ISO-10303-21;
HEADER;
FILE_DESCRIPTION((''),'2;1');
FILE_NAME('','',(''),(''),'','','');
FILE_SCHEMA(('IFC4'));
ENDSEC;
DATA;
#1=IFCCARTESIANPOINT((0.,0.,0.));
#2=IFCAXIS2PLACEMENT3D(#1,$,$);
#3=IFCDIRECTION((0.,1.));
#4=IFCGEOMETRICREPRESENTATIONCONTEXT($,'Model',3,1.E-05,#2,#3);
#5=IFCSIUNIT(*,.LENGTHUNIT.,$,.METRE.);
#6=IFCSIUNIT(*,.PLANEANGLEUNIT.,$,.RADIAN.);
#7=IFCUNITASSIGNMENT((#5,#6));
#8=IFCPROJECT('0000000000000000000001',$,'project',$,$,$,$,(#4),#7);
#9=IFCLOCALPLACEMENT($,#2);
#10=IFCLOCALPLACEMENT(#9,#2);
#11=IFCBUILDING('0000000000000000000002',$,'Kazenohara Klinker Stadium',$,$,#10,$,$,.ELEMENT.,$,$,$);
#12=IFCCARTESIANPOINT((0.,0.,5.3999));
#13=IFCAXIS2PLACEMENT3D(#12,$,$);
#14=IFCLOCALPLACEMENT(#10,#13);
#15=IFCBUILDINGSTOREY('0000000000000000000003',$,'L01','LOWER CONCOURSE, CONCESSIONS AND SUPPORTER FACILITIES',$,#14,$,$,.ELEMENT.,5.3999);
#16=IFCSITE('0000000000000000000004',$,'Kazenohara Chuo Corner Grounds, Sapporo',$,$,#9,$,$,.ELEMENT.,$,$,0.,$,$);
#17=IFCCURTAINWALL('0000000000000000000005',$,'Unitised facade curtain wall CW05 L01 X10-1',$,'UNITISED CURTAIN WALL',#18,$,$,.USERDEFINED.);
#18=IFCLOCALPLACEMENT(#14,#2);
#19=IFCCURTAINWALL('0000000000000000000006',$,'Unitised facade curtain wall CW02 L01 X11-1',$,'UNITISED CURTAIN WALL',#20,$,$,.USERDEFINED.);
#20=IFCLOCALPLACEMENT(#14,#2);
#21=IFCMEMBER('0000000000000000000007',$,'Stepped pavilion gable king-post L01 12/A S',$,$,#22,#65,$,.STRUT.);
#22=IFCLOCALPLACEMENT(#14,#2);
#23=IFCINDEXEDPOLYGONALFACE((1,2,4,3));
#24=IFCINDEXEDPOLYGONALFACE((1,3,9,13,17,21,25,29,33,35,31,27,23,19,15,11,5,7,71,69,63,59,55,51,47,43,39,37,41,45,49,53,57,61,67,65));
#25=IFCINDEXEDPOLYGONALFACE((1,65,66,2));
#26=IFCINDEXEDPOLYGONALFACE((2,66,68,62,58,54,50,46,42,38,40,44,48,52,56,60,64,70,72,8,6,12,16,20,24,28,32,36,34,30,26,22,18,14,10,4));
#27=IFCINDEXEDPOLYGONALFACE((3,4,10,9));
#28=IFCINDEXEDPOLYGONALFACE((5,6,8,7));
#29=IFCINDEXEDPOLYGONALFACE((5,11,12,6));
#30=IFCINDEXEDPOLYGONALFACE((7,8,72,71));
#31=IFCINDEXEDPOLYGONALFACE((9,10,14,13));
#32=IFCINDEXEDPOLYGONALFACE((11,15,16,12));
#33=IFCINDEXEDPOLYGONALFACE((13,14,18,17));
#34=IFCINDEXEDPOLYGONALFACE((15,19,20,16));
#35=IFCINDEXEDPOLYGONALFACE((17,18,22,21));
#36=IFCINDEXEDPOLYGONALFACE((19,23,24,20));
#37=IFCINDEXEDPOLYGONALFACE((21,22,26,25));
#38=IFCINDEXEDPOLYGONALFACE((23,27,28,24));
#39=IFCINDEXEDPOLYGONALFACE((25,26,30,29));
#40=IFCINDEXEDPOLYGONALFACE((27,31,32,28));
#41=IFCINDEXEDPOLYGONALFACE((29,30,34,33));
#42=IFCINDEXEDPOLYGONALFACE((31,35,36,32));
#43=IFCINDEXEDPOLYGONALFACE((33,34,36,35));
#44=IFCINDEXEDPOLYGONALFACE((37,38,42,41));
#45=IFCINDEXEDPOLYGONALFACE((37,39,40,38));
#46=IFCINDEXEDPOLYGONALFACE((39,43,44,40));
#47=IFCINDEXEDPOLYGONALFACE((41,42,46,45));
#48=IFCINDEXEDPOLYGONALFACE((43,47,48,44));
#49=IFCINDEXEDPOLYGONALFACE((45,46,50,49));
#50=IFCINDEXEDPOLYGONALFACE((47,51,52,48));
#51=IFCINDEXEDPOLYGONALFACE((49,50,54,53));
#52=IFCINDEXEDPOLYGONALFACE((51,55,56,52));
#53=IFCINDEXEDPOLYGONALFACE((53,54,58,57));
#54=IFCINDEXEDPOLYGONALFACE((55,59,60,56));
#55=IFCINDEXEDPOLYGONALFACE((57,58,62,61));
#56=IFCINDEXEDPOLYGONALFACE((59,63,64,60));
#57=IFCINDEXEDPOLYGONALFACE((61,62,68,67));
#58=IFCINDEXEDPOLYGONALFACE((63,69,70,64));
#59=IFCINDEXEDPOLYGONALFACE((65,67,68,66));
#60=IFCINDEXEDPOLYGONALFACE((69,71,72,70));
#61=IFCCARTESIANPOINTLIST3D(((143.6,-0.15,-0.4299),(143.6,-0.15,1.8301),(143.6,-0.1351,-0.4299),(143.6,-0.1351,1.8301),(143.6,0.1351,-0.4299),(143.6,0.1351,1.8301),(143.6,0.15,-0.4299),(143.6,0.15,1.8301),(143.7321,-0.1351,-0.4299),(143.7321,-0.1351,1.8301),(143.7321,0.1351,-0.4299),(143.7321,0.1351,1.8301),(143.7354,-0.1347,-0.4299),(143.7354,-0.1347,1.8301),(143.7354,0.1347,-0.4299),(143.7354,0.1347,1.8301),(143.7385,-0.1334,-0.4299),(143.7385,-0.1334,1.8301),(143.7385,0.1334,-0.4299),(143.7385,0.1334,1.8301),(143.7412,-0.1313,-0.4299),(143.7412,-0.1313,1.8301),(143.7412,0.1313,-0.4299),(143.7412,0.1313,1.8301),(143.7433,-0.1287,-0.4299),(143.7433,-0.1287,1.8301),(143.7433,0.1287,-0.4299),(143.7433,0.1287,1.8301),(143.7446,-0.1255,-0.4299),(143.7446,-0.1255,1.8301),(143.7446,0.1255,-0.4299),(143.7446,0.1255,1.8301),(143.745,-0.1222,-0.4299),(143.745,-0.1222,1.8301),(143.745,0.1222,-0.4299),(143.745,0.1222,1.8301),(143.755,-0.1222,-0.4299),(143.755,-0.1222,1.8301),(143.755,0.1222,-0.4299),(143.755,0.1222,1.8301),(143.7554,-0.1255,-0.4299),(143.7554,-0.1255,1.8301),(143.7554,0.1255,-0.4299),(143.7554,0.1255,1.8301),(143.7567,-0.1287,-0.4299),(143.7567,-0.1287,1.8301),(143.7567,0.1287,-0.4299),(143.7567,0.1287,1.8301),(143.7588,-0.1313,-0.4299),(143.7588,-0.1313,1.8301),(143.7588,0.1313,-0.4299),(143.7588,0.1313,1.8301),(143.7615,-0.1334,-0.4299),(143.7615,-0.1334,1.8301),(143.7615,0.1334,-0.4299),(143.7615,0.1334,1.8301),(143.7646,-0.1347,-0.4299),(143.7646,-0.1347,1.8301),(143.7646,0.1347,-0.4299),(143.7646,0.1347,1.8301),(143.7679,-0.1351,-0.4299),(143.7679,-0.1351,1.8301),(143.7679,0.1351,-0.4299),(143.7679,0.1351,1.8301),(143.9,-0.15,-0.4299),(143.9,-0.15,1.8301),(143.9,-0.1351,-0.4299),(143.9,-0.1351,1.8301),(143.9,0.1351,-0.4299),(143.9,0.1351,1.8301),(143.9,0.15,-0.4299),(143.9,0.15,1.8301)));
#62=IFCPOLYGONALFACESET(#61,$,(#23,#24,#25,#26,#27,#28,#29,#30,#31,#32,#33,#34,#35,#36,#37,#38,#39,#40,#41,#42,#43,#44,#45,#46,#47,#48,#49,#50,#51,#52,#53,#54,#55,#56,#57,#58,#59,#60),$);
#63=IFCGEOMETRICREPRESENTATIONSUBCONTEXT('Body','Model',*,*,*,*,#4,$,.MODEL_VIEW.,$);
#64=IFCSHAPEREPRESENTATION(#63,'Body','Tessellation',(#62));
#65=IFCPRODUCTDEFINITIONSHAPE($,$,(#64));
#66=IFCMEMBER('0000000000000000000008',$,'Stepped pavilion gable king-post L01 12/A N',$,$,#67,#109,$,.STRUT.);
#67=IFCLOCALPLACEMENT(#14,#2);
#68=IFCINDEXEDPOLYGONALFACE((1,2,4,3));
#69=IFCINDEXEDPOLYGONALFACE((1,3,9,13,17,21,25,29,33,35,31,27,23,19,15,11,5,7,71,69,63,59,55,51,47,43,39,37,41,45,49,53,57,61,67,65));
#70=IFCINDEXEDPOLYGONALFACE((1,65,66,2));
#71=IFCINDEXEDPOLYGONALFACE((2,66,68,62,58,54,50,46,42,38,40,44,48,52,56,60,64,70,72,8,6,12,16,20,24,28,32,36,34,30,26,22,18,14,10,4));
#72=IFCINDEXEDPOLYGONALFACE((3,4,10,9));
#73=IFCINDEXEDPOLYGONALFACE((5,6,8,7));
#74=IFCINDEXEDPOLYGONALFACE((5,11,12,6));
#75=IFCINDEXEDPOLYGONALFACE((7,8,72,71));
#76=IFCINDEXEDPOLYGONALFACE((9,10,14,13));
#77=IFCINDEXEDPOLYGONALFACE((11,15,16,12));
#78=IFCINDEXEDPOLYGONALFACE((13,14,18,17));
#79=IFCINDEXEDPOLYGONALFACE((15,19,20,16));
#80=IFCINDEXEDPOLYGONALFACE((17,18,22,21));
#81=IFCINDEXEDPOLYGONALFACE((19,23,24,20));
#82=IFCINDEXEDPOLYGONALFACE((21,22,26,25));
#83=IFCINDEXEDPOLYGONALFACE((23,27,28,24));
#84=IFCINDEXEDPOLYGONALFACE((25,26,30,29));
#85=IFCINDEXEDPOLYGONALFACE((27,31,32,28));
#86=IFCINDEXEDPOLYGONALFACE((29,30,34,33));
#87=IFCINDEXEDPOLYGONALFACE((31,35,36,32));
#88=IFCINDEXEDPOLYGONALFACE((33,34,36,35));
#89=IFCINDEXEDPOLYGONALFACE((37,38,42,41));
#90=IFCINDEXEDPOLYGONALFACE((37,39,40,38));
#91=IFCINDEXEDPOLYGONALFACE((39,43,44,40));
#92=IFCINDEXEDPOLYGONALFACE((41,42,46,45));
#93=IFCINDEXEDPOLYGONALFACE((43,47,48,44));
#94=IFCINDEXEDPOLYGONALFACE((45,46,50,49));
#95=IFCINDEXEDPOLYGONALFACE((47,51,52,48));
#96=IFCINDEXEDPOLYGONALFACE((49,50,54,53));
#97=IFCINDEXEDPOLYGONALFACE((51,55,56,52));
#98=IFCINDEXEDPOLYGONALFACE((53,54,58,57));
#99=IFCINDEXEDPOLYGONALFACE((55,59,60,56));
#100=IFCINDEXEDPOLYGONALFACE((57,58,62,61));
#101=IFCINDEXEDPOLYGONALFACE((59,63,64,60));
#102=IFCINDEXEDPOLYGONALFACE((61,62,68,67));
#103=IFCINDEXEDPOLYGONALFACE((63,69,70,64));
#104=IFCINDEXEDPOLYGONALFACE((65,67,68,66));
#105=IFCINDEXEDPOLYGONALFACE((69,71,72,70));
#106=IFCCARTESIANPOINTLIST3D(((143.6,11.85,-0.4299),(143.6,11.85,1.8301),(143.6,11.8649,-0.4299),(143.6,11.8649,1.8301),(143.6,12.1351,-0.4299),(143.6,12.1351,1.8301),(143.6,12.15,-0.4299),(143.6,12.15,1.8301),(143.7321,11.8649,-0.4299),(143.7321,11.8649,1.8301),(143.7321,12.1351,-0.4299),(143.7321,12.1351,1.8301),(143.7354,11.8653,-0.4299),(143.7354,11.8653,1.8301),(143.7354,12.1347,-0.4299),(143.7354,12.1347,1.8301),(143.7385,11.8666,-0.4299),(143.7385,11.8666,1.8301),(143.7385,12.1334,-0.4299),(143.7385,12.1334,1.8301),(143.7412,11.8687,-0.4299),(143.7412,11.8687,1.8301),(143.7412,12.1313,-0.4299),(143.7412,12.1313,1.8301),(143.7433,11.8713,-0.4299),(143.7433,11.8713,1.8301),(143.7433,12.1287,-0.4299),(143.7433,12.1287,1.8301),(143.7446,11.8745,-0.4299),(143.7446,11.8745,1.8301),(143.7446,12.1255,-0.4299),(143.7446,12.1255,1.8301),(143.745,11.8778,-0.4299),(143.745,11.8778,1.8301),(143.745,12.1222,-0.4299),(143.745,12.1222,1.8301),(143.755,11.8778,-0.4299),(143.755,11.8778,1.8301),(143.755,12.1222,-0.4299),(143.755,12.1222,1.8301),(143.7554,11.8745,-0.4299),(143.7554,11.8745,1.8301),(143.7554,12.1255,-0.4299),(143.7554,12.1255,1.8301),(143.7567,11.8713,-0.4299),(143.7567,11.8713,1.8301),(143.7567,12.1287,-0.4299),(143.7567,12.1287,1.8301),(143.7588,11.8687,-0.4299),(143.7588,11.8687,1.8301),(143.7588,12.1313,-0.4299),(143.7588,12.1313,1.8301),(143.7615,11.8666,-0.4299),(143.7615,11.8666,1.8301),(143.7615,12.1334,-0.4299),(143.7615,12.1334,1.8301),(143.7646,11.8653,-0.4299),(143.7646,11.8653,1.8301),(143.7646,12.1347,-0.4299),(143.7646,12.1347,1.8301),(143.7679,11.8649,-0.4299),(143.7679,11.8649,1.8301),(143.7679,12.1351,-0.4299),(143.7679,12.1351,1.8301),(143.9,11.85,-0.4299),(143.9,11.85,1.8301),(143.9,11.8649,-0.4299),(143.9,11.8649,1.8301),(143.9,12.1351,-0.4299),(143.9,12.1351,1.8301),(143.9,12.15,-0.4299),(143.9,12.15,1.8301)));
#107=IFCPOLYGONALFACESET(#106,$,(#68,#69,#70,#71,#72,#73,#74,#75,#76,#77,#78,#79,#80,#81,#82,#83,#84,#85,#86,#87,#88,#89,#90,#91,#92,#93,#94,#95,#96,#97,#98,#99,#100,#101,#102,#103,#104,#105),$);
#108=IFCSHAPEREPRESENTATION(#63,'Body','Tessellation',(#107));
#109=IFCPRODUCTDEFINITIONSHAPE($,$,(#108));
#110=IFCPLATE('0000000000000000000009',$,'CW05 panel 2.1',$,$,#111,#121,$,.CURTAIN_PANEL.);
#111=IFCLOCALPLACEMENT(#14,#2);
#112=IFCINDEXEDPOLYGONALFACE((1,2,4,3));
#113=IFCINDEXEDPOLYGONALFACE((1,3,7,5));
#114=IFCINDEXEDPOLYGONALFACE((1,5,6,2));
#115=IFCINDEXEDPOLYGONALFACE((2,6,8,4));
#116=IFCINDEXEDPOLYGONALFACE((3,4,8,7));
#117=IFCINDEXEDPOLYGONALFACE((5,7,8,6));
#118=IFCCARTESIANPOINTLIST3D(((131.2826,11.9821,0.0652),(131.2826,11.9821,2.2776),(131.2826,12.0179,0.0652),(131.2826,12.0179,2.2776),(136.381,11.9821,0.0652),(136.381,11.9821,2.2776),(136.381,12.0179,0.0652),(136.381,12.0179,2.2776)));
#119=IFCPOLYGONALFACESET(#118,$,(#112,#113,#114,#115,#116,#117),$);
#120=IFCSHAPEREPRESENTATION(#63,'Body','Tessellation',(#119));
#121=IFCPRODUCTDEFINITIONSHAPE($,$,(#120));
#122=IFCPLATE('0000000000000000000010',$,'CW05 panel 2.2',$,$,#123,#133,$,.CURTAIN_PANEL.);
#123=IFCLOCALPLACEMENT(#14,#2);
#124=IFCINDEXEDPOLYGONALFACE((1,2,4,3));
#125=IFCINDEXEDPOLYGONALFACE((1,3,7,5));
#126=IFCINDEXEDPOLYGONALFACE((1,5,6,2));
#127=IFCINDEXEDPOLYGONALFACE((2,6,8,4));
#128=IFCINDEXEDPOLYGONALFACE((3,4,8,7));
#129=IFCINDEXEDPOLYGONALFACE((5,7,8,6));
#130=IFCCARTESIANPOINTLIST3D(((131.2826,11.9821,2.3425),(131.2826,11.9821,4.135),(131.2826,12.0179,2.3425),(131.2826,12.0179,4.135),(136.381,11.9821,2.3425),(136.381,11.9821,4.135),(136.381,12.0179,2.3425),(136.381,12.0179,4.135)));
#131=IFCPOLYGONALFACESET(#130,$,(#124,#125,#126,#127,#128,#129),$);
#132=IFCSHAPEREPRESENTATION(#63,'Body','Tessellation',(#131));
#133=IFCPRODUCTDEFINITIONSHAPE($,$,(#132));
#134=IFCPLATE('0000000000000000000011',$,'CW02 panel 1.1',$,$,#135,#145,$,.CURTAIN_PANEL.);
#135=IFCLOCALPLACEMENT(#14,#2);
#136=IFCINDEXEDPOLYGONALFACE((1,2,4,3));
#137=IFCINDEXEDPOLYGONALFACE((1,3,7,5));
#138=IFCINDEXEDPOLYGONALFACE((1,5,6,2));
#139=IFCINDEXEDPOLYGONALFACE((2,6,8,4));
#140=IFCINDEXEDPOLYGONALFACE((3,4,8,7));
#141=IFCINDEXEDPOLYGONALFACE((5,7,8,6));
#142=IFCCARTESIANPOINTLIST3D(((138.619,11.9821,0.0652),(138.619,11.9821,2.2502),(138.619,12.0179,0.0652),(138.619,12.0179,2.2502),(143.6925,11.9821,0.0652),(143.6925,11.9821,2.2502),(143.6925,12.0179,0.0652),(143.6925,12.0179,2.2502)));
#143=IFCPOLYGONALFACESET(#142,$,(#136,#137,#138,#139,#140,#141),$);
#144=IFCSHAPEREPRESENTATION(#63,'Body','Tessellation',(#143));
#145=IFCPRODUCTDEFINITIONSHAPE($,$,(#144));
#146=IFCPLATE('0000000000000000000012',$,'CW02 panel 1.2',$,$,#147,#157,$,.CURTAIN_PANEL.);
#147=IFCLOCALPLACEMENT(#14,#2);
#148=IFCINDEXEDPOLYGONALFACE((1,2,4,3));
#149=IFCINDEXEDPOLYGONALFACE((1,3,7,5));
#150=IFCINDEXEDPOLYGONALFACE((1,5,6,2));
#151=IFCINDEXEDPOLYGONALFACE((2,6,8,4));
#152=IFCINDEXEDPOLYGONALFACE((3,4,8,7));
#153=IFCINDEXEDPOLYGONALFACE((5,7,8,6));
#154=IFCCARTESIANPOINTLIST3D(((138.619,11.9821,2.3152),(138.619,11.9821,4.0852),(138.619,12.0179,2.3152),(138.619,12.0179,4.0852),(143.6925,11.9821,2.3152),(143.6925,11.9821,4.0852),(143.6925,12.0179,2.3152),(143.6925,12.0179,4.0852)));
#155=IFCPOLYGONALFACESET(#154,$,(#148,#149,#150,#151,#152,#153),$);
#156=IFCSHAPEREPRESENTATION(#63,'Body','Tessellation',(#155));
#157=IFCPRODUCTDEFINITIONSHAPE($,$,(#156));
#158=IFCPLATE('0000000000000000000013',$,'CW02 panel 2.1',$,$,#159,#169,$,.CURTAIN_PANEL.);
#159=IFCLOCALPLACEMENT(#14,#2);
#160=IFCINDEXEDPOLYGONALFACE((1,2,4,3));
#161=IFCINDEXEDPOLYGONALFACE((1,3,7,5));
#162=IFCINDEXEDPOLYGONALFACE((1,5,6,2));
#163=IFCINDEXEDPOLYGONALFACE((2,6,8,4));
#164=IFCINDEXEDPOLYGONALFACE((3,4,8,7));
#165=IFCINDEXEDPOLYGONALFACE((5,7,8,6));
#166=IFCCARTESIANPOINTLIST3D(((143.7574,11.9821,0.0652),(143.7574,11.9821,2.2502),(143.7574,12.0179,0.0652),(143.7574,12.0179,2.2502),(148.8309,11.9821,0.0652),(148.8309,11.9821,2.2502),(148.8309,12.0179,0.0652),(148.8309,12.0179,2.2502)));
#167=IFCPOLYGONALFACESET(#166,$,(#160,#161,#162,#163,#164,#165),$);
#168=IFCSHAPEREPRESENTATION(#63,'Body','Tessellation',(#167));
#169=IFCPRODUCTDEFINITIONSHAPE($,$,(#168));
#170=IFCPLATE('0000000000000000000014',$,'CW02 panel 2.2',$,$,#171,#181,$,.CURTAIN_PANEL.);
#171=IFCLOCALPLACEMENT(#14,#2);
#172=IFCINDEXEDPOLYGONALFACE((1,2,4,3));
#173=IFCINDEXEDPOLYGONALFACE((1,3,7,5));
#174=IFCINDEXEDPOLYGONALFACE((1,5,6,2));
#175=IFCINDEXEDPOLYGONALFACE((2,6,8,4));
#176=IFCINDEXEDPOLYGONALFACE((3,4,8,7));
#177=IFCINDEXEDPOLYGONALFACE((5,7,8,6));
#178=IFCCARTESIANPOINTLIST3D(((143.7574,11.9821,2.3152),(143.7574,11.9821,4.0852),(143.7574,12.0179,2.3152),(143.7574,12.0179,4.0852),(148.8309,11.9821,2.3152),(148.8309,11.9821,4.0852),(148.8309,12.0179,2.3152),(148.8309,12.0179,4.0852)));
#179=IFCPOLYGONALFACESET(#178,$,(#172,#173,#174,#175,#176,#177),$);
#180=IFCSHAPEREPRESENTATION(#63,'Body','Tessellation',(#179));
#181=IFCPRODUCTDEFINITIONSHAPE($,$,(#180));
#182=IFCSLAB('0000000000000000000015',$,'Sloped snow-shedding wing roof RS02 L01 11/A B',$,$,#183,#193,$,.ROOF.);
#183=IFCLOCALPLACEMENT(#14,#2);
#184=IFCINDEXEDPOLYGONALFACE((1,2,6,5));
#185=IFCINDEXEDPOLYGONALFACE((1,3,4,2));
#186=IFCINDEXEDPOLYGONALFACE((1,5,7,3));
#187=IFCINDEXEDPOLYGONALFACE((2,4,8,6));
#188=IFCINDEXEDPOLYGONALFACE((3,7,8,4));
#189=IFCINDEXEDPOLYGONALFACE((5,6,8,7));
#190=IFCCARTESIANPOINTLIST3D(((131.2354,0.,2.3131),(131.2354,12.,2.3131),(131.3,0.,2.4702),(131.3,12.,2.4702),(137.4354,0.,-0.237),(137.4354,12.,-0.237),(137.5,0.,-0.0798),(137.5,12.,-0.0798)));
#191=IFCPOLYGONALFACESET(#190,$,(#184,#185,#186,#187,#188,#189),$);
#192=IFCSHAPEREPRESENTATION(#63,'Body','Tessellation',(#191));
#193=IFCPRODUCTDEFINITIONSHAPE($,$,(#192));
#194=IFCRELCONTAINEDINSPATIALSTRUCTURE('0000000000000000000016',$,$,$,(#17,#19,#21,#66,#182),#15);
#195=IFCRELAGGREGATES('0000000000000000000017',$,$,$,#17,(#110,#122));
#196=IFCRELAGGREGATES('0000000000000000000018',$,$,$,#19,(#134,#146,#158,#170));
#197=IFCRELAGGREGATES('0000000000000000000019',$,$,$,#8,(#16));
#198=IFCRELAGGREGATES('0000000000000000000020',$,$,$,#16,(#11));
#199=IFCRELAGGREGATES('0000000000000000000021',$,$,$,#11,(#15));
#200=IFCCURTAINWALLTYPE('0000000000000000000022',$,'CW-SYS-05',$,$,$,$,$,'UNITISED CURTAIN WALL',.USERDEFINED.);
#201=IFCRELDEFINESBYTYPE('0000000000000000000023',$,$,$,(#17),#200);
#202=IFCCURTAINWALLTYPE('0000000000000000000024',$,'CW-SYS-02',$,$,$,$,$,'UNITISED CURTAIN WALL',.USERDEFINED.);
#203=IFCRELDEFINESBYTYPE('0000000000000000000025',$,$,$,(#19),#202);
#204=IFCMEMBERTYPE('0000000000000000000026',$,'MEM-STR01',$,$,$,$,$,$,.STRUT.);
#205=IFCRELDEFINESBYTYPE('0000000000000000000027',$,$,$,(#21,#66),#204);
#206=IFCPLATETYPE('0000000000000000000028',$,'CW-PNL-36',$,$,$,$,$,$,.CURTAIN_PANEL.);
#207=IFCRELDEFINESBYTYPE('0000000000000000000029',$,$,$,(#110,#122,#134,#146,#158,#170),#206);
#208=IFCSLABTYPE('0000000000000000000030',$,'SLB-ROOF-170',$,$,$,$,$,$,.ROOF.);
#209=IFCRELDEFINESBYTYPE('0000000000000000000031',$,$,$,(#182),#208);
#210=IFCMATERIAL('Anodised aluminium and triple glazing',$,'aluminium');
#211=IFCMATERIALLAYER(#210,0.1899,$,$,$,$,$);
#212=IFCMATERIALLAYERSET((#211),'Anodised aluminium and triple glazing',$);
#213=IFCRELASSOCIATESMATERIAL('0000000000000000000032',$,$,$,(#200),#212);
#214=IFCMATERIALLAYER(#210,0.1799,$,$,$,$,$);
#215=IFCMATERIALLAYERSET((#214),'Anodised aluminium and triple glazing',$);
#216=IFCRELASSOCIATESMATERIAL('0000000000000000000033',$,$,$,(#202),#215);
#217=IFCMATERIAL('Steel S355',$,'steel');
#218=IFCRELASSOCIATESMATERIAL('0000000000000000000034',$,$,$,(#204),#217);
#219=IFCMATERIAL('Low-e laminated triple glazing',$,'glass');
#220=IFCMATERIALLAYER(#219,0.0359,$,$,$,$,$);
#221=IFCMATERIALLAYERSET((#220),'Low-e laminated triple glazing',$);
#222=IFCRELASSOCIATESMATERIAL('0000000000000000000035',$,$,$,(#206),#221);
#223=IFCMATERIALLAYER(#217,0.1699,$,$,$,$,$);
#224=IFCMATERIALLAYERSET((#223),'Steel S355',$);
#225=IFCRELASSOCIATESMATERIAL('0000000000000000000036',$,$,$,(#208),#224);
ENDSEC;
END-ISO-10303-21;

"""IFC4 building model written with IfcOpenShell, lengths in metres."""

from ifc_helpers import new_model, si_unit, direction, frame, origin, origin_2d, place, context, subcontext, project, spatial, polyline, rectangle, i_section, outline, extrude, material, layer, layer_set, material_profile, profile_set, type_object, element, aggregate, save


model = new_model("IFC4")

# Units and contexts
model_context = context("Model", 3, precision=1e-05, world=origin(), true_north=direction((0.0, 1.0)))
body_context = subcontext(model_context, "Body", "Model", "MODEL_VIEW")
ifc_project = project(units=[si_unit("LENGTHUNIT", "METRE"), si_unit("PLANEANGLEUNIT", "RADIAN")], contexts=[model_context])

# Site, building, storey
site_placement = place(None, origin())
site = spatial("IfcSite", under=ifc_project, at=site_placement, Name="Kazenohara Chuo Corner Grounds, Sapporo", CompositionType="ELEMENT", RefElevation=0.0)
building_placement = place(site_placement, origin())
building = spatial("IfcBuilding", under=site, at=building_placement, Name="Kazenohara Klinker Stadium", CompositionType="ELEMENT")
storey_placement = place(building_placement, frame((0.0, 0.0, 5.3999)))
storey = spatial("IfcBuildingStorey", under=building, at=storey_placement, Name="L01", Description="LOWER CONCOURSE, CONCESSIONS AND SUPPORTER FACILITIES", CompositionType="ELEMENT", Elevation=5.3999)

# Shared definitions
ifc_material_1 = material(Name="Steel S355", Category="steel")

# Curtain wall
ifc_material_2 = material(Name="Anodised aluminium and triple glazing", Category="aluminium")
ifc_layer_1 = layer(ifc_material_2, 0.1899)
ifc_layer_set_1 = layer_set([ifc_layer_1], Name="Anodised aluminium and triple glazing")
curtain_wall_type_1 = type_object("IfcCurtainWallType", Name="CW-SYS-05", ElementType="UNITISED CURTAIN WALL", PredefinedType="USERDEFINED", material=ifc_layer_set_1)
curtain_wall_1_placement = place(storey_placement, origin())
curtain_wall_1 = element("IfcCurtainWall", 1, at=curtain_wall_1_placement, inside=storey, type_object=curtain_wall_type_1, Name="Unitised facade curtain wall CW05 L01 X10-1", ObjectType="UNITISED CURTAIN WALL", PredefinedType="USERDEFINED")

# Curtain wall
ifc_layer_2 = layer(ifc_material_2, 0.1799)
ifc_layer_set_2 = layer_set([ifc_layer_2], Name="Anodised aluminium and triple glazing")
curtain_wall_type_2 = type_object("IfcCurtainWallType", Name="CW-SYS-02", ElementType="UNITISED CURTAIN WALL", PredefinedType="USERDEFINED", material=ifc_layer_set_2)
curtain_wall_2_placement = place(storey_placement, origin())
curtain_wall_2 = element("IfcCurtainWall", 2, at=curtain_wall_2_placement, inside=storey, type_object=curtain_wall_type_2, Name="Unitised facade curtain wall CW02 L01 X11-1", ObjectType="UNITISED CURTAIN WALL", PredefinedType="USERDEFINED")

# Members
ifc_material_profile_1 = material_profile(ifc_material_1, i_section(OverallWidth=0.3, OverallDepth=0.3, WebThickness=0.01, FlangeThickness=0.0149, FilletRadius=0.0129, at=origin_2d()), Name="H-300x300x10x15")
ifc_profile_set_1 = profile_set([ifc_material_profile_1], Name="Steel S355")
member_type_1 = type_object("IfcMemberType", Name="MEM-STR01", PredefinedType="STRUT", material=ifc_profile_set_1)
for number, where, z_axis, x_axis, name in (
    (3, (143.75, 0.0, -0.4299), (0.0, 0.0, 1.0), (1.0, 0.0, 0.0), "Stepped pavilion gable king-post L01 12/A S"),
    (4, (143.75, 12.0, -0.4299), (0.0, 0.0, 1.0), (1.0, 0.0, 0.0), "Stepped pavilion gable king-post L01 12/A N"),
):
    element("IfcMember", number, at=place(storey_placement, frame(where, z_axis=z_axis, x_axis=x_axis)), inside=storey, type_object=member_type_1, Name=name, PredefinedType="STRUT", context=body_context, shape_type="SweptSolid", body=[
        extrude(i_section(OverallWidth=0.3, OverallDepth=0.3, WebThickness=0.01, FlangeThickness=0.0149, FilletRadius=0.0129, at=origin_2d()), origin(), (0.0, 0.0, 1.0), 2.26),
    ])

# Plates
ifc_material_3 = material(Name="Low-e laminated triple glazing", Category="glass")
ifc_layer_3 = layer(ifc_material_3, 0.0359)
ifc_layer_set_3 = layer_set([ifc_layer_3], Name="Low-e laminated triple glazing")
plate_type = type_object("IfcPlateType", Name="CW-PNL-36", PredefinedType="CURTAIN_PANEL", material=ifc_layer_set_3)
plate_1_placement = place(storey_placement, frame((133.8318, 12.0, 0.0652), z_axis=(0.0, 0.0, 1.0), x_axis=(1.0, 0.0, 0.0)))
plate_1 = element("IfcPlate", 5, at=plate_1_placement, type_object=plate_type, Name="CW05 panel 2.1", PredefinedType="CURTAIN_PANEL", context=body_context, shape_type="SweptSolid", body=[
    extrude(rectangle(XDim=5.0984, YDim=0.0359, at=origin_2d()), origin(), (0.0, 0.0, 1.0), 2.2124),
])
plate_2_placement = place(storey_placement, frame((133.8318, 12.0, 2.3425), z_axis=(0.0, 0.0, 1.0), x_axis=(1.0, 0.0, 0.0)))
plate_2 = element("IfcPlate", 6, at=plate_2_placement, type_object=plate_type, Name="CW05 panel 2.2", PredefinedType="CURTAIN_PANEL", context=body_context, shape_type="SweptSolid", body=[
    extrude(rectangle(XDim=5.0984, YDim=0.0359, at=origin_2d()), origin(), (0.0, 0.0, 1.0), 1.7925),
])
aggregate(curtain_wall_1, [plate_1, plate_2])
plate_3_placement = place(storey_placement, frame((141.1558, 12.0, 0.0652), z_axis=(0.0, 0.0, 1.0), x_axis=(1.0, 0.0, 0.0)))
plate_3 = element("IfcPlate", 7, at=plate_3_placement, type_object=plate_type, Name="CW02 panel 1.1", PredefinedType="CURTAIN_PANEL", context=body_context, shape_type="SweptSolid", body=[
    extrude(rectangle(XDim=5.0735, YDim=0.0359, at=origin_2d()), origin(), (0.0, 0.0, 1.0), 2.1851),
])
plate_4_placement = place(storey_placement, frame((141.1558, 12.0, 2.3152), z_axis=(0.0, 0.0, 1.0), x_axis=(1.0, 0.0, 0.0)))
plate_4 = element("IfcPlate", 8, at=plate_4_placement, type_object=plate_type, Name="CW02 panel 1.2", PredefinedType="CURTAIN_PANEL", context=body_context, shape_type="SweptSolid", body=[
    extrude(rectangle(XDim=5.0735, YDim=0.0359, at=origin_2d()), origin(), (0.0, 0.0, 1.0), 1.77),
])
plate_5_placement = place(storey_placement, frame((146.2942, 12.0, 0.0652), z_axis=(0.0, 0.0, 1.0), x_axis=(1.0, 0.0, 0.0)))
plate_5 = element("IfcPlate", 9, at=plate_5_placement, type_object=plate_type, Name="CW02 panel 2.1", PredefinedType="CURTAIN_PANEL", context=body_context, shape_type="SweptSolid", body=[
    extrude(rectangle(XDim=5.0735, YDim=0.0359, at=origin_2d()), origin(), (0.0, 0.0, 1.0), 2.1851),
])
plate_6_placement = place(storey_placement, frame((146.2942, 12.0, 2.3152), z_axis=(0.0, 0.0, 1.0), x_axis=(1.0, 0.0, 0.0)))
plate_6 = element("IfcPlate", 10, at=plate_6_placement, type_object=plate_type, Name="CW02 panel 2.2", PredefinedType="CURTAIN_PANEL", context=body_context, shape_type="SweptSolid", body=[
    extrude(rectangle(XDim=5.0735, YDim=0.0359, at=origin_2d()), origin(), (0.0, 0.0, 1.0), 1.77),
])
aggregate(curtain_wall_2, [plate_3, plate_4, plate_5, plate_6])

# Slab
ifc_layer_4 = layer(ifc_material_1, 0.1699)
ifc_layer_set_4 = layer_set([ifc_layer_4], Name="Steel S355")
slab_type = type_object("IfcSlabType", Name="SLB-ROOF-170", PredefinedType="ROOF", material=ifc_layer_set_4)
slab_1_placement = place(storey_placement, frame((131.3, 0.0, 2.4702), z_axis=(0.380383, 0.0, 0.924829), x_axis=(0.924829, 0.0, -0.380383)))
element("IfcSlab", 11, at=slab_1_placement, inside=storey, type_object=slab_type, Name="Sloped snow-shedding wing roof RS02 L01 11/A B", PredefinedType="ROOF", context=body_context, shape_type="SweptSolid", body=[
    extrude(outline(polyline([(0.0, 0.0), (6.7039, 0.0), (6.7039, 12.0), (0.0, 12.0), (0.0, 0.0)])), origin(), (0.0, 0.0, -1.0), 0.1699),
])

save(model, "model.ifc")
